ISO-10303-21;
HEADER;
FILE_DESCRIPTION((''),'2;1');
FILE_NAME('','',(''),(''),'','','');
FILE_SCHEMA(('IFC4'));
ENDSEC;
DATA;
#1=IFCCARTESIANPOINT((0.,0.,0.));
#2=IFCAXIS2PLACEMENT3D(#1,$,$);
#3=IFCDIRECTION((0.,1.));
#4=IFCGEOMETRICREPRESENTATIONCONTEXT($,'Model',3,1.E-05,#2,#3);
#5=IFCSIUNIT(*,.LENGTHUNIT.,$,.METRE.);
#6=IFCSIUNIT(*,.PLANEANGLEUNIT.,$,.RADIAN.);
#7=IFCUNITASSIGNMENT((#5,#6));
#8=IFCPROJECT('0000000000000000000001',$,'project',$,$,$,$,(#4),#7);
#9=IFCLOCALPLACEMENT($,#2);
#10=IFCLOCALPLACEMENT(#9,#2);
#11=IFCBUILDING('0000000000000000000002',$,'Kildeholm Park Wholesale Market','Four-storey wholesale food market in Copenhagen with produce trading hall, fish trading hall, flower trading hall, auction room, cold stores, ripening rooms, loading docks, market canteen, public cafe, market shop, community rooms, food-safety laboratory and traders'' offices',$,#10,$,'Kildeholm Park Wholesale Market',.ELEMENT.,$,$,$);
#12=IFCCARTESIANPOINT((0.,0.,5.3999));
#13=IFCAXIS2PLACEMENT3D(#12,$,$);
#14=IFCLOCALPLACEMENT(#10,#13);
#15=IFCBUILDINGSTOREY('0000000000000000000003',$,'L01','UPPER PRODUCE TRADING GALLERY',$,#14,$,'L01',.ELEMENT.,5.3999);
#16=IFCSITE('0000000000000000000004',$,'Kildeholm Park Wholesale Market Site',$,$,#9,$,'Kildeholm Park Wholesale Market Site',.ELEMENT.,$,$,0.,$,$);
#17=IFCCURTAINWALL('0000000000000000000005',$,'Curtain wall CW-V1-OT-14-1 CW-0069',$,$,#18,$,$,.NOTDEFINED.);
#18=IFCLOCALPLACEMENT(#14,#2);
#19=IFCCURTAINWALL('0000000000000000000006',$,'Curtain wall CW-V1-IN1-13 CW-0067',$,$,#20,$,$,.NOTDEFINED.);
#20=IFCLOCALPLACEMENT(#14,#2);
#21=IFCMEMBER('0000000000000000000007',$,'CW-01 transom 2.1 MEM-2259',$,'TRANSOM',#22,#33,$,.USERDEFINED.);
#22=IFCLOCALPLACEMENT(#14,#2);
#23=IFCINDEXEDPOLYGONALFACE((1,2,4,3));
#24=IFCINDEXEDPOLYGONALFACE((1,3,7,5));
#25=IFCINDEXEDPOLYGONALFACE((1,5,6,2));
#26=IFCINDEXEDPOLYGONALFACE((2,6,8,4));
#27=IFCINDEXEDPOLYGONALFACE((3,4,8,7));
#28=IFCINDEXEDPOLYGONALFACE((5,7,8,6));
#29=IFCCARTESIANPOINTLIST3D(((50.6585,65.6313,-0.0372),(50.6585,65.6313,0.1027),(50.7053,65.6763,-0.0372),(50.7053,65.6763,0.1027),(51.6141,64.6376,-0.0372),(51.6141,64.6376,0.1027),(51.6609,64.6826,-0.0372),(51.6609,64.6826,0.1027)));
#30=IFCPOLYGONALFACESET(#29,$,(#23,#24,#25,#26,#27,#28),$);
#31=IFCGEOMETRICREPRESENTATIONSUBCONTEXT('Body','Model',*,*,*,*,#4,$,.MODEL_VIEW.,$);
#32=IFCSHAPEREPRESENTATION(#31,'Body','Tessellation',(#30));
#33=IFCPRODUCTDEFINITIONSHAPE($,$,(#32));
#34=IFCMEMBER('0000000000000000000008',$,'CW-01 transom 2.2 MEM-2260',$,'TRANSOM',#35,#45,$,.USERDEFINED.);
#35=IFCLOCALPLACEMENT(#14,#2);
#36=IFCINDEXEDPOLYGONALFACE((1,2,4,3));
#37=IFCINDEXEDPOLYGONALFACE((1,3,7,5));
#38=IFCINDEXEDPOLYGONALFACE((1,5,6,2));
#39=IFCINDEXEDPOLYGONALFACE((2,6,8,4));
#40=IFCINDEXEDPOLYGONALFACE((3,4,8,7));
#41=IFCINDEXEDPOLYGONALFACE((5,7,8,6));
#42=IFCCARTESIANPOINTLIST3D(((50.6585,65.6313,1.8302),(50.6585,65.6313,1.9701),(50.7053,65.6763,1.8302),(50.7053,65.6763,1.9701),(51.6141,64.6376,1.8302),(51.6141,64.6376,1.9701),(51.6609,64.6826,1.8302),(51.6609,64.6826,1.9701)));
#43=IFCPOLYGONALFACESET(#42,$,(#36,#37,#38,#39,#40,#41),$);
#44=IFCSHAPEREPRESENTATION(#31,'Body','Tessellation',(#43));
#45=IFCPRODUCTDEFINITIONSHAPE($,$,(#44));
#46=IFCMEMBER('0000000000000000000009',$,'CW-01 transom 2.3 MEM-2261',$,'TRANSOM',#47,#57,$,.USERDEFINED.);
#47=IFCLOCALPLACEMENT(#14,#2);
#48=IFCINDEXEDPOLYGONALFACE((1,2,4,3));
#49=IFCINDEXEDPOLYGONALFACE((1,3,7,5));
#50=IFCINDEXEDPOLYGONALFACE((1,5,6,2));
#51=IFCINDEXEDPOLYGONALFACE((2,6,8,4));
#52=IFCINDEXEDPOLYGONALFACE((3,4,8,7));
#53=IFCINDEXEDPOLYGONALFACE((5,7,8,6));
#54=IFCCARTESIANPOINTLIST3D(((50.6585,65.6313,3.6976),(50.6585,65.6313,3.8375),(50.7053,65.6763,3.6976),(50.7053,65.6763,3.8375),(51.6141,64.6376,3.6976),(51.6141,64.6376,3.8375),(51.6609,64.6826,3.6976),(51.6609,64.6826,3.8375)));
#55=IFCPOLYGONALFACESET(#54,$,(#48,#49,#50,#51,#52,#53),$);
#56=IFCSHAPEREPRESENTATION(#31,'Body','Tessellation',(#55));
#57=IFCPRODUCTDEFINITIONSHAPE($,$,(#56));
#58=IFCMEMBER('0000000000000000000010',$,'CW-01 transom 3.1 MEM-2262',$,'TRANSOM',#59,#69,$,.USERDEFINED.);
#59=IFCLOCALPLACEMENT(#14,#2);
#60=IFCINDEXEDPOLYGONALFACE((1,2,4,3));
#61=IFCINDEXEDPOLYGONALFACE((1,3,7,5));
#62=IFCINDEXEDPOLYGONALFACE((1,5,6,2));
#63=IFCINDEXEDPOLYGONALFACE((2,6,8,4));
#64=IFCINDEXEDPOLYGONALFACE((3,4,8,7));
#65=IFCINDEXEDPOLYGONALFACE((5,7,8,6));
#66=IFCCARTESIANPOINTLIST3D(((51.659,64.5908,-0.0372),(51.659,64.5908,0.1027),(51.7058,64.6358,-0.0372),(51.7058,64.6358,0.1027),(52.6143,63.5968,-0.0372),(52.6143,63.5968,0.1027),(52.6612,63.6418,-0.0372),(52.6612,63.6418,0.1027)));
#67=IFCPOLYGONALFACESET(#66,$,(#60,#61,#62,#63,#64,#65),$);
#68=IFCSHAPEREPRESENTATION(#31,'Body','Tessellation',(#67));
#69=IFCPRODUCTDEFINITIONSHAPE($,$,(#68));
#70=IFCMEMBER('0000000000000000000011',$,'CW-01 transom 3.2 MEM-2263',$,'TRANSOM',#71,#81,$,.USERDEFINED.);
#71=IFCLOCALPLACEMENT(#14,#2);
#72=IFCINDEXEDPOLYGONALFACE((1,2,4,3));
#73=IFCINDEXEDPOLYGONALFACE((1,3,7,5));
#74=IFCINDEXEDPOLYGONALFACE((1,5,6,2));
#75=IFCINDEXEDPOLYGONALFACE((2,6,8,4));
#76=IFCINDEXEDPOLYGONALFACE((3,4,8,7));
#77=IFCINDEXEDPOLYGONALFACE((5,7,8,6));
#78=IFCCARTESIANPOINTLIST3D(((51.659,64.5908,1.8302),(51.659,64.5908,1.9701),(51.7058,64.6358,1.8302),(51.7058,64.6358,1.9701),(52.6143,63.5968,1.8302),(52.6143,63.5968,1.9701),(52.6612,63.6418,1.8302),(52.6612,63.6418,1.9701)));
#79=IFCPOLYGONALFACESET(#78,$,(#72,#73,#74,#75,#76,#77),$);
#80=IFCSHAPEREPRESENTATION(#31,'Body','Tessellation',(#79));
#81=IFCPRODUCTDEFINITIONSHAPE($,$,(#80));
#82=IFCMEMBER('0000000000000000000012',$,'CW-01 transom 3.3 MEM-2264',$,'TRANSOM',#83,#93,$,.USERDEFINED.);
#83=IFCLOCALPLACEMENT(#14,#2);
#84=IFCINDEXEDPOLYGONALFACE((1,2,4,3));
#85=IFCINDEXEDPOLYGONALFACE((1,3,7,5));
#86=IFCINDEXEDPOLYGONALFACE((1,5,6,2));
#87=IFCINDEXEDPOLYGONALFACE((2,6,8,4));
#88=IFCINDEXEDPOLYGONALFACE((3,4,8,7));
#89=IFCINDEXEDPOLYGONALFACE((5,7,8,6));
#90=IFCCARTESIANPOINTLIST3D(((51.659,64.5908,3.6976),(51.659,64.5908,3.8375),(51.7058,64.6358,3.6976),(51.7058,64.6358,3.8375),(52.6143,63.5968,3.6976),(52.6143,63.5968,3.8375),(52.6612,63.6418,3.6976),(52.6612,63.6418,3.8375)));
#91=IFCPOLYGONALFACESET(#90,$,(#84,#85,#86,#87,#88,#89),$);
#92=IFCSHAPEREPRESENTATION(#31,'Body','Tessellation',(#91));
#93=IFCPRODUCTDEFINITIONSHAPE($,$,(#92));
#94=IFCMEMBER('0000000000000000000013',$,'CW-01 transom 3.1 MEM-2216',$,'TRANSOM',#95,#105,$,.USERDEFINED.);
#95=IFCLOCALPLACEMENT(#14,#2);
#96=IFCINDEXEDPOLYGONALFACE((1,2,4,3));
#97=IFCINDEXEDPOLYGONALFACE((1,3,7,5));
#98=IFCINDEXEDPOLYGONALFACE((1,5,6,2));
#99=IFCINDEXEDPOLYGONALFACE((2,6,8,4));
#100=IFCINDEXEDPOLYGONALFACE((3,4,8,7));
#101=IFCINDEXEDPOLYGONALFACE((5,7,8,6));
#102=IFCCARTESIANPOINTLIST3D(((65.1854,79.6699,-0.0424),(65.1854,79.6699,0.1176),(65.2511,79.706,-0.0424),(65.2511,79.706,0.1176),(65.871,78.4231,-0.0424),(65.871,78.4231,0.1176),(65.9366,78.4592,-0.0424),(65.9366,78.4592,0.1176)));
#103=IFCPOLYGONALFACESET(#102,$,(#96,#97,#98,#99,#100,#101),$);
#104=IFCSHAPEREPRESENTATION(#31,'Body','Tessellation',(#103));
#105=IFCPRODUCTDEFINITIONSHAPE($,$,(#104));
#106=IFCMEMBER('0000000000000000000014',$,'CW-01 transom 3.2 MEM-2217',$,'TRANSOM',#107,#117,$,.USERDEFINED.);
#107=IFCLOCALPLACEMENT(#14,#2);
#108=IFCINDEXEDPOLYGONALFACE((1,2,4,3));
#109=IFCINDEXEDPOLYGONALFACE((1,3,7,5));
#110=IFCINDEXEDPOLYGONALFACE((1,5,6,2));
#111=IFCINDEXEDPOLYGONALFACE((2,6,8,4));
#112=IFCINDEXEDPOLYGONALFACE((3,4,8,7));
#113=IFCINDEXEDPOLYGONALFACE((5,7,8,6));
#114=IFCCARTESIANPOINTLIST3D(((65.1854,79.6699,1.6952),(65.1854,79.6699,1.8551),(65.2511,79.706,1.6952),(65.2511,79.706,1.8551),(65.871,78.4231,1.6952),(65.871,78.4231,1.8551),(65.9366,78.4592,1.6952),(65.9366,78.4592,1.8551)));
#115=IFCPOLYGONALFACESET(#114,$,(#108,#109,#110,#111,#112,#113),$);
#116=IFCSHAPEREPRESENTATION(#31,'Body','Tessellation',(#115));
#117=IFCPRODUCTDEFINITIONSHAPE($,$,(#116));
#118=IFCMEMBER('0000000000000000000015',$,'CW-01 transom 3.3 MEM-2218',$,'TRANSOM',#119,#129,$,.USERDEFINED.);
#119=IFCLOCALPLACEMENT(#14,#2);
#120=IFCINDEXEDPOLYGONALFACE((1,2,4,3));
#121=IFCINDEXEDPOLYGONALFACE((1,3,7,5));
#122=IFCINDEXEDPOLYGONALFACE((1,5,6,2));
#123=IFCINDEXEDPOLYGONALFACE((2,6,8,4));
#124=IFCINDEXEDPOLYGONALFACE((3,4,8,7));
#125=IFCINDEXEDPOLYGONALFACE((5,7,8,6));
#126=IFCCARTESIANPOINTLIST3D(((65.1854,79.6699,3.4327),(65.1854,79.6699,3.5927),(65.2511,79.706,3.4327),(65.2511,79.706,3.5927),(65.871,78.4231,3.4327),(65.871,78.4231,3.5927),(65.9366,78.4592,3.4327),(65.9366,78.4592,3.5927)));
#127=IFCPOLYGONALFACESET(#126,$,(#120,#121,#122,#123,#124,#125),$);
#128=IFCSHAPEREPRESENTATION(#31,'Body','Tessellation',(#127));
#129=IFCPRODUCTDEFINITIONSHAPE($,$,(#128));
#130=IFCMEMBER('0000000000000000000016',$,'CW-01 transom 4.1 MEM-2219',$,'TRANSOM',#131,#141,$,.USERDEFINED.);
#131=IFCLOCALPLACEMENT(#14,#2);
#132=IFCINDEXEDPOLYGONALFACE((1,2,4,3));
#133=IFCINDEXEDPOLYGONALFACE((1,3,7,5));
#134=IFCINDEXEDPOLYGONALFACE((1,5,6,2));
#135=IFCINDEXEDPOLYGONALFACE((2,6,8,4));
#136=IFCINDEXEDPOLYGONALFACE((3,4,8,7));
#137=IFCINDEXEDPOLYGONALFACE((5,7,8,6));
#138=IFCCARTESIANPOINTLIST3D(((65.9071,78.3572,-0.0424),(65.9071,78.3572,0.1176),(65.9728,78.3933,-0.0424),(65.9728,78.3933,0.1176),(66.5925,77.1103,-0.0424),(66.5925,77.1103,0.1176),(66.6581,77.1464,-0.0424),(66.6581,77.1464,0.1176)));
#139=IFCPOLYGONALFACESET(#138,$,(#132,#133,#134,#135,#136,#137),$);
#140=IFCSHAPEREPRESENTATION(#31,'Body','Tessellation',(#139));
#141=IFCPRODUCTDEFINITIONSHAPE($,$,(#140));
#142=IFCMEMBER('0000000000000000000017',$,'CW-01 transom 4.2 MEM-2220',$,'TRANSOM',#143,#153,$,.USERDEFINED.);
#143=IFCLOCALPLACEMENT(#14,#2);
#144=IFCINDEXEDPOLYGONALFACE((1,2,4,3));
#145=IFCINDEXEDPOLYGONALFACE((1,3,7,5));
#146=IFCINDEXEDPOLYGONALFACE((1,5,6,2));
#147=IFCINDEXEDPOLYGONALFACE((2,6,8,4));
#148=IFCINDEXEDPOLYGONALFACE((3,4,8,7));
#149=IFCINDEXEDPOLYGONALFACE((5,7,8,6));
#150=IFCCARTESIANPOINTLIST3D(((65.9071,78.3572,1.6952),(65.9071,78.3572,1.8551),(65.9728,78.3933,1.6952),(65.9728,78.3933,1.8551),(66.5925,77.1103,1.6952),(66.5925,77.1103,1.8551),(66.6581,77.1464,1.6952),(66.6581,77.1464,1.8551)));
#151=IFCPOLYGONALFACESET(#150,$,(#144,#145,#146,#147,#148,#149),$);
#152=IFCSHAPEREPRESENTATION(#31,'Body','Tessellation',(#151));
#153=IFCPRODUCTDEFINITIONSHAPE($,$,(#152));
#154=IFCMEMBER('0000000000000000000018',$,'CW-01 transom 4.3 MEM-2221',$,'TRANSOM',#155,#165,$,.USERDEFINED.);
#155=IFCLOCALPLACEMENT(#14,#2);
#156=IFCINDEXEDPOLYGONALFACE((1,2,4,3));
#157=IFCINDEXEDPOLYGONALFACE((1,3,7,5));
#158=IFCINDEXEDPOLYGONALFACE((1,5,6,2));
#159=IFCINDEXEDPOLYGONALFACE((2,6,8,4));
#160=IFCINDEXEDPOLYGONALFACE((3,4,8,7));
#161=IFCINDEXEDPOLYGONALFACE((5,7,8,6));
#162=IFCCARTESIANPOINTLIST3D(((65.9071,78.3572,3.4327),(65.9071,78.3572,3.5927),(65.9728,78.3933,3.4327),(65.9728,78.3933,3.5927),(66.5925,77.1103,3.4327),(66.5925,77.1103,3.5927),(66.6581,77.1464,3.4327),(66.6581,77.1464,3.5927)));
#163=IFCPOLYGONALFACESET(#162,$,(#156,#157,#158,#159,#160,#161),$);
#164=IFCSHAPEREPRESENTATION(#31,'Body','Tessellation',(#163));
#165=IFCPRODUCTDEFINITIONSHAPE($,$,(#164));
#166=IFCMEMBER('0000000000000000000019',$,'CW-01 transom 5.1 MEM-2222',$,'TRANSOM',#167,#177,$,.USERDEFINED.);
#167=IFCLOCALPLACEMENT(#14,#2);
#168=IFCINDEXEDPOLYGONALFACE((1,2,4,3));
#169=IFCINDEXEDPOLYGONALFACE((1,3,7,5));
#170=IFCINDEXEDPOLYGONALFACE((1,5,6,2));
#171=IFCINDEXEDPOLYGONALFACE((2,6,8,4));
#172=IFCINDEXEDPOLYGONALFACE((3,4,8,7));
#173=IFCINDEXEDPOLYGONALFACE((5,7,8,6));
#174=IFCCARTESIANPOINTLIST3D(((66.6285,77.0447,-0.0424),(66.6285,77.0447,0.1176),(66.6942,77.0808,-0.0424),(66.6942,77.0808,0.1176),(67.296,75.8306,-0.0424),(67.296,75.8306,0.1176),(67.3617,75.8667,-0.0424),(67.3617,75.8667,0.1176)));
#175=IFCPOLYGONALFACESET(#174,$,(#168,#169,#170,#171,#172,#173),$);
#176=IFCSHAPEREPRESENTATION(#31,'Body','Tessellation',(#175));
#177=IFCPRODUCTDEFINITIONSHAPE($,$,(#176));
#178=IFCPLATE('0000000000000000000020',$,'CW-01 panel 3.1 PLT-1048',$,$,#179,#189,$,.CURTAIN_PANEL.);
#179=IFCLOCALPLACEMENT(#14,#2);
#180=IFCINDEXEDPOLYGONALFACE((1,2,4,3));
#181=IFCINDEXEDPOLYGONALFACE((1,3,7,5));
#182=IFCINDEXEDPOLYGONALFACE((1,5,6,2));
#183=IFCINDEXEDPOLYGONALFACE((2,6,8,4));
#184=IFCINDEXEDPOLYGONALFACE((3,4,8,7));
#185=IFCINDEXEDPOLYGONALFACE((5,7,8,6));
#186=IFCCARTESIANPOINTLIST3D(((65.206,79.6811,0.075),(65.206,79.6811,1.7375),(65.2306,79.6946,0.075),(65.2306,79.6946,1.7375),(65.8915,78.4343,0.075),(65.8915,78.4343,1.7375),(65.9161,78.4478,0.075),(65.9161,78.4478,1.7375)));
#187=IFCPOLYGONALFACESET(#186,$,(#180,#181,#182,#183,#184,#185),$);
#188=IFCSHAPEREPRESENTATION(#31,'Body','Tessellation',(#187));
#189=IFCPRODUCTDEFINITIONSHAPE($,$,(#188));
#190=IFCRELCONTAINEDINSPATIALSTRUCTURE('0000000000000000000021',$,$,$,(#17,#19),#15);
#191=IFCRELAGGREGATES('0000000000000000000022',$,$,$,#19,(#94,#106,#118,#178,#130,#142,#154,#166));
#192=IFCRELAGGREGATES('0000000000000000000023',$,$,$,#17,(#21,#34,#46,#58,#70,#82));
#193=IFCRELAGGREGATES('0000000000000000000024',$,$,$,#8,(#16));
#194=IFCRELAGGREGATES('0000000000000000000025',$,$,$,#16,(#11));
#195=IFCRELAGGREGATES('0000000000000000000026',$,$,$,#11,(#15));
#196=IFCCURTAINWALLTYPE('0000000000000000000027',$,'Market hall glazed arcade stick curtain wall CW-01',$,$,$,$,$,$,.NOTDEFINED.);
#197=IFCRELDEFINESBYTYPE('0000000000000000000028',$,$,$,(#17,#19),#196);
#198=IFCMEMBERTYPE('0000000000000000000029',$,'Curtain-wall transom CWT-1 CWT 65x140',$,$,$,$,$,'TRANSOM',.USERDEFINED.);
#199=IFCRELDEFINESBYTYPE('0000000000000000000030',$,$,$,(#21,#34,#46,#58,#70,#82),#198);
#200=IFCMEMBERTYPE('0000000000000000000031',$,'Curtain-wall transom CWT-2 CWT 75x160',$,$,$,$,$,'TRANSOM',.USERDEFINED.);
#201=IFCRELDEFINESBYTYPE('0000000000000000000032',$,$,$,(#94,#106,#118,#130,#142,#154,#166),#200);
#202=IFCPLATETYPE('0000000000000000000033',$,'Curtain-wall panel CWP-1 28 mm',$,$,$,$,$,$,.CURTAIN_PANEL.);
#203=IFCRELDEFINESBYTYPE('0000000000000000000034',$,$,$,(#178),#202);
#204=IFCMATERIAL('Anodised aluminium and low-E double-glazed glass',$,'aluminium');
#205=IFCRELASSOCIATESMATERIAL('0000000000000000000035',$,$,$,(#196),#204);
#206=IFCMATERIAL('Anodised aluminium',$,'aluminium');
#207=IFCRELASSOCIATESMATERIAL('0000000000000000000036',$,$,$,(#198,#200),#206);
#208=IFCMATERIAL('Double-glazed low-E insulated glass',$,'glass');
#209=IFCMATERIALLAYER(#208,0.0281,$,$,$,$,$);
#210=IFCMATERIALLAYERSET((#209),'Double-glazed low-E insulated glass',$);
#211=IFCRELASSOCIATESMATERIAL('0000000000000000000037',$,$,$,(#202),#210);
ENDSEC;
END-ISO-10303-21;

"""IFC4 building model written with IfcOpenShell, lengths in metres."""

from ifc_helpers import new_model, si_unit, direction, frame, origin, origin_2d, place, context, subcontext, project, spatial, rectangle, extrude, material, layer, layer_set, material_profile, profile_set, type_object, element, aggregate, save


model = new_model("IFC4")

# Units and contexts
model_context = context("Model", 3, precision=1e-05, world=origin(), true_north=direction((0.0, 1.0)))
body_context = subcontext(model_context, "Body", "Model", "MODEL_VIEW")
ifc_project = project(units=[si_unit("LENGTHUNIT", "METRE"), si_unit("PLANEANGLEUNIT", "RADIAN")], contexts=[model_context])

# Site, building, storey
site_placement = place(None, origin())
site = spatial("IfcSite", under=ifc_project, at=site_placement, Name="Kildeholm Park Wholesale Market Site", LongName="Kildeholm Park Wholesale Market Site", CompositionType="ELEMENT", RefElevation=0.0)
building_placement = place(site_placement, origin())
building = spatial("IfcBuilding", under=site, at=building_placement, Name="Kildeholm Park Wholesale Market", Description="Four-storey wholesale food market in Copenhagen with produce trading hall, fish trading hall, flower trading hall, auction room, cold stores, ripening rooms, loading docks, market canteen, public cafe, market shop, community rooms, food-safety laboratory and traders' offices", LongName="Kildeholm Park Wholesale Market", CompositionType="ELEMENT")
storey_placement = place(building_placement, frame((0.0, 0.0, 5.3999)))
storey = spatial("IfcBuildingStorey", under=building, at=storey_placement, Name="L01", Description="UPPER PRODUCE TRADING GALLERY", LongName="L01", CompositionType="ELEMENT", Elevation=5.3999)

# Curtain walls
ifc_material_1 = material(Name="Anodised aluminium and low-E double-glazed glass", Category="aluminium")
curtain_wall_type = type_object("IfcCurtainWallType", Name="Market hall glazed arcade stick curtain wall CW-01", PredefinedType="NOTDEFINED", material=ifc_material_1)
curtain_wall_1_placement = place(storey_placement, origin())
curtain_wall_1 = element("IfcCurtainWall", 1, at=curtain_wall_1_placement, inside=storey, type_object=curtain_wall_type, Name="Curtain wall CW-V1-OT-14-1 CW-0069", PredefinedType="NOTDEFINED")
ifc_material_2 = material(Name="Anodised aluminium", Category="aluminium")
curtain_wall_2_placement = place(storey_placement, origin())
curtain_wall_2 = element("IfcCurtainWall", 2, at=curtain_wall_2_placement, inside=storey, type_object=curtain_wall_type, Name="Curtain wall CW-V1-IN1-13 CW-0067", PredefinedType="NOTDEFINED")

# Members
ifc_material_profile_1 = material_profile(ifc_material_2, rectangle(XDim=0.0649, YDim=0.1399, at=origin_2d()), Name="CWT 65x140")
ifc_profile_set_1 = profile_set([ifc_material_profile_1], Name="Anodised aluminium")
member_type_1 = type_object("IfcMemberType", Name="Curtain-wall transom CWT-1 CWT 65x140", ElementType="TRANSOM", PredefinedType="USERDEFINED", material=ifc_profile_set_1)
member_1_placement = place(storey_placement, frame((50.6819, 65.6538, 0.0327), z_axis=(0.693158, -0.720785, 0.0), x_axis=(0.720785, 0.693158, 0.0)))
member_1 = element("IfcMember", 3, at=member_1_placement, type_object=member_type_1, Name="CW-01 transom 2.1 MEM-2259", ObjectType="TRANSOM", PredefinedType="USERDEFINED", context=body_context, shape_type="SweptSolid", body=[
    extrude(rectangle(XDim=0.0649, YDim=0.1399, at=origin_2d()), origin(), (0.0, 0.0, 1.0), 1.3787),
])
member_2_placement = place(storey_placement, frame((50.6819, 65.6538, 1.9001), z_axis=(0.693158, -0.720785, 0.0), x_axis=(0.720785, 0.693158, 0.0)))
member_2 = element("IfcMember", 4, at=member_2_placement, type_object=member_type_1, Name="CW-01 transom 2.2 MEM-2260", ObjectType="TRANSOM", PredefinedType="USERDEFINED", context=body_context, shape_type="SweptSolid", body=[
    extrude(rectangle(XDim=0.0649, YDim=0.1399, at=origin_2d()), origin(), (0.0, 0.0, 1.0), 1.3787),
])
member_3_placement = place(storey_placement, frame((50.6819, 65.6538, 3.7676), z_axis=(0.693158, -0.720785, 0.0), x_axis=(0.720785, 0.693158, 0.0)))
member_3 = element("IfcMember", 5, at=member_3_placement, type_object=member_type_1, Name="CW-01 transom 2.3 MEM-2261", ObjectType="TRANSOM", PredefinedType="USERDEFINED", context=body_context, shape_type="SweptSolid", body=[
    extrude(rectangle(XDim=0.0649, YDim=0.1399, at=origin_2d()), origin(), (0.0, 0.0, 1.0), 1.3787),
])
member_4_placement = place(storey_placement, frame((51.6824, 64.6133, 0.0327), z_axis=(0.692978, -0.720959, 0.0), x_axis=(0.720959, 0.692978, 0.0)))
member_4 = element("IfcMember", 6, at=member_4_placement, type_object=member_type_1, Name="CW-01 transom 3.1 MEM-2262", ObjectType="TRANSOM", PredefinedType="USERDEFINED", context=body_context, shape_type="SweptSolid", body=[
    extrude(rectangle(XDim=0.0649, YDim=0.1399, at=origin_2d()), origin(), (0.0, 0.0, 1.0), 1.3787),
])
member_5_placement = place(storey_placement, frame((51.6824, 64.6133, 1.9001), z_axis=(0.692978, -0.720959, 0.0), x_axis=(0.720959, 0.692978, 0.0)))
member_5 = element("IfcMember", 7, at=member_5_placement, type_object=member_type_1, Name="CW-01 transom 3.2 MEM-2263", ObjectType="TRANSOM", PredefinedType="USERDEFINED", context=body_context, shape_type="SweptSolid", body=[
    extrude(rectangle(XDim=0.0649, YDim=0.1399, at=origin_2d()), origin(), (0.0, 0.0, 1.0), 1.3787),
])
member_6_placement = place(storey_placement, frame((51.6824, 64.6133, 3.7676), z_axis=(0.692978, -0.720959, 0.0), x_axis=(0.720959, 0.692978, 0.0)))
member_6 = element("IfcMember", 8, at=member_6_placement, type_object=member_type_1, Name="CW-01 transom 3.3 MEM-2264", ObjectType="TRANSOM", PredefinedType="USERDEFINED", context=body_context, shape_type="SweptSolid", body=[
    extrude(rectangle(XDim=0.0649, YDim=0.1399, at=origin_2d()), origin(), (0.0, 0.0, 1.0), 1.3787),
])
ifc_material_profile_2 = material_profile(ifc_material_2, rectangle(XDim=0.075, YDim=0.1599, at=origin_2d()), Name="CWT 75x160")
ifc_profile_set_2 = profile_set([ifc_material_profile_2], Name="Anodised aluminium")
member_type_2 = type_object("IfcMemberType", Name="Curtain-wall transom CWT-2 CWT 75x160", ElementType="TRANSOM", PredefinedType="USERDEFINED", material=ifc_profile_set_2)
member_7_placement = place(storey_placement, frame((65.2183, 79.688, 0.0376), z_axis=(0.481807, -0.876277, 0.0), x_axis=(0.876277, 0.481807, 0.0)))
member_7 = element("IfcMember", 9, at=member_7_placement, type_object=member_type_2, Name="CW-01 transom 3.1 MEM-2216", ObjectType="TRANSOM", PredefinedType="USERDEFINED", context=body_context, shape_type="SweptSolid", body=[
    extrude(rectangle(XDim=0.075, YDim=0.1599, at=origin_2d()), origin(), (0.0, 0.0, 1.0), 1.4229),
])
member_8_placement = place(storey_placement, frame((65.2183, 79.688, 1.7751), z_axis=(0.481807, -0.876277, 0.0), x_axis=(0.876277, 0.481807, 0.0)))
member_8 = element("IfcMember", 10, at=member_8_placement, type_object=member_type_2, Name="CW-01 transom 3.2 MEM-2217", ObjectType="TRANSOM", PredefinedType="USERDEFINED", context=body_context, shape_type="SweptSolid", body=[
    extrude(rectangle(XDim=0.075, YDim=0.1599, at=origin_2d()), origin(), (0.0, 0.0, 1.0), 1.4229),
])
member_9_placement = place(storey_placement, frame((65.2183, 79.688, 3.5127), z_axis=(0.481807, -0.876277, 0.0), x_axis=(0.876277, 0.481807, 0.0)))
member_9 = element("IfcMember", 11, at=member_9_placement, type_object=member_type_2, Name="CW-01 transom 3.3 MEM-2218", ObjectType="TRANSOM", PredefinedType="USERDEFINED", context=body_context, shape_type="SweptSolid", body=[
    extrude(rectangle(XDim=0.075, YDim=0.1599, at=origin_2d()), origin(), (0.0, 0.0, 1.0), 1.4229),
])
member_10_placement = place(storey_placement, frame((65.9399, 78.3752, 0.0376), z_axis=(0.481675, -0.87635, 0.0), x_axis=(0.87635, 0.481675, 0.0)))
member_10 = element("IfcMember", 12, at=member_10_placement, type_object=member_type_2, Name="CW-01 transom 4.1 MEM-2219", ObjectType="TRANSOM", PredefinedType="USERDEFINED", context=body_context, shape_type="SweptSolid", body=[
    extrude(rectangle(XDim=0.075, YDim=0.1599, at=origin_2d()), origin(), (0.0, 0.0, 1.0), 1.4229),
])
member_11_placement = place(storey_placement, frame((65.9399, 78.3752, 1.7751), z_axis=(0.481675, -0.87635, 0.0), x_axis=(0.87635, 0.481675, 0.0)))
member_11 = element("IfcMember", 13, at=member_11_placement, type_object=member_type_2, Name="CW-01 transom 4.2 MEM-2220", ObjectType="TRANSOM", PredefinedType="USERDEFINED", context=body_context, shape_type="SweptSolid", body=[
    extrude(rectangle(XDim=0.075, YDim=0.1599, at=origin_2d()), origin(), (0.0, 0.0, 1.0), 1.4229),
])
member_12_placement = place(storey_placement, frame((65.9399, 78.3752, 3.5127), z_axis=(0.481675, -0.87635, 0.0), x_axis=(0.87635, 0.481675, 0.0)))
member_12 = element("IfcMember", 14, at=member_12_placement, type_object=member_type_2, Name="CW-01 transom 4.3 MEM-2221", ObjectType="TRANSOM", PredefinedType="USERDEFINED", context=body_context, shape_type="SweptSolid", body=[
    extrude(rectangle(XDim=0.075, YDim=0.1599, at=origin_2d()), origin(), (0.0, 0.0, 1.0), 1.4229),
])
member_13_placement = place(storey_placement, frame((66.6614, 77.0627, 0.0376), z_axis=(0.481763, -0.876301, 0.0), x_axis=(0.876301, 0.481763, 0.0)))
member_13 = element("IfcMember", 15, at=member_13_placement, type_object=member_type_2, Name="CW-01 transom 5.1 MEM-2222", ObjectType="TRANSOM", PredefinedType="USERDEFINED", context=body_context, shape_type="SweptSolid", body=[
    extrude(rectangle(XDim=0.075, YDim=0.1599, at=origin_2d()), origin(), (0.0, 0.0, 1.0), 1.3855),
])

# Plate
ifc_material_3 = material(Name="Double-glazed low-E insulated glass", Category="glass")
ifc_layer = layer(ifc_material_3, 0.0281)
ifc_layer_set = layer_set([ifc_layer], Name="Double-glazed low-E insulated glass")
plate_type = type_object("IfcPlateType", Name="Curtain-wall panel CWP-1 28 mm", PredefinedType="CURTAIN_PANEL", material=ifc_layer_set)
plate_1_placement = place(storey_placement, frame((65.561, 79.0645, 0.075), z_axis=(0.0, 0.0, 1.0), x_axis=(0.48175, -0.876309, 0.0)))
plate_1 = element("IfcPlate", 16, at=plate_1_placement, type_object=plate_type, Name="CW-01 panel 3.1 PLT-1048", PredefinedType="CURTAIN_PANEL", context=body_context, shape_type="SweptSolid", body=[
    extrude(rectangle(XDim=1.4229, YDim=0.0281, at=origin_2d()), origin(), (0.0, 0.0, 1.0), 1.6626),
])
aggregate(curtain_wall_2, [member_7, member_8, member_9, plate_1, member_10, member_11, member_12, member_13])
aggregate(curtain_wall_1, [member_1, member_2, member_3, member_4, member_5, member_6])

save(model, "model.ifc")
